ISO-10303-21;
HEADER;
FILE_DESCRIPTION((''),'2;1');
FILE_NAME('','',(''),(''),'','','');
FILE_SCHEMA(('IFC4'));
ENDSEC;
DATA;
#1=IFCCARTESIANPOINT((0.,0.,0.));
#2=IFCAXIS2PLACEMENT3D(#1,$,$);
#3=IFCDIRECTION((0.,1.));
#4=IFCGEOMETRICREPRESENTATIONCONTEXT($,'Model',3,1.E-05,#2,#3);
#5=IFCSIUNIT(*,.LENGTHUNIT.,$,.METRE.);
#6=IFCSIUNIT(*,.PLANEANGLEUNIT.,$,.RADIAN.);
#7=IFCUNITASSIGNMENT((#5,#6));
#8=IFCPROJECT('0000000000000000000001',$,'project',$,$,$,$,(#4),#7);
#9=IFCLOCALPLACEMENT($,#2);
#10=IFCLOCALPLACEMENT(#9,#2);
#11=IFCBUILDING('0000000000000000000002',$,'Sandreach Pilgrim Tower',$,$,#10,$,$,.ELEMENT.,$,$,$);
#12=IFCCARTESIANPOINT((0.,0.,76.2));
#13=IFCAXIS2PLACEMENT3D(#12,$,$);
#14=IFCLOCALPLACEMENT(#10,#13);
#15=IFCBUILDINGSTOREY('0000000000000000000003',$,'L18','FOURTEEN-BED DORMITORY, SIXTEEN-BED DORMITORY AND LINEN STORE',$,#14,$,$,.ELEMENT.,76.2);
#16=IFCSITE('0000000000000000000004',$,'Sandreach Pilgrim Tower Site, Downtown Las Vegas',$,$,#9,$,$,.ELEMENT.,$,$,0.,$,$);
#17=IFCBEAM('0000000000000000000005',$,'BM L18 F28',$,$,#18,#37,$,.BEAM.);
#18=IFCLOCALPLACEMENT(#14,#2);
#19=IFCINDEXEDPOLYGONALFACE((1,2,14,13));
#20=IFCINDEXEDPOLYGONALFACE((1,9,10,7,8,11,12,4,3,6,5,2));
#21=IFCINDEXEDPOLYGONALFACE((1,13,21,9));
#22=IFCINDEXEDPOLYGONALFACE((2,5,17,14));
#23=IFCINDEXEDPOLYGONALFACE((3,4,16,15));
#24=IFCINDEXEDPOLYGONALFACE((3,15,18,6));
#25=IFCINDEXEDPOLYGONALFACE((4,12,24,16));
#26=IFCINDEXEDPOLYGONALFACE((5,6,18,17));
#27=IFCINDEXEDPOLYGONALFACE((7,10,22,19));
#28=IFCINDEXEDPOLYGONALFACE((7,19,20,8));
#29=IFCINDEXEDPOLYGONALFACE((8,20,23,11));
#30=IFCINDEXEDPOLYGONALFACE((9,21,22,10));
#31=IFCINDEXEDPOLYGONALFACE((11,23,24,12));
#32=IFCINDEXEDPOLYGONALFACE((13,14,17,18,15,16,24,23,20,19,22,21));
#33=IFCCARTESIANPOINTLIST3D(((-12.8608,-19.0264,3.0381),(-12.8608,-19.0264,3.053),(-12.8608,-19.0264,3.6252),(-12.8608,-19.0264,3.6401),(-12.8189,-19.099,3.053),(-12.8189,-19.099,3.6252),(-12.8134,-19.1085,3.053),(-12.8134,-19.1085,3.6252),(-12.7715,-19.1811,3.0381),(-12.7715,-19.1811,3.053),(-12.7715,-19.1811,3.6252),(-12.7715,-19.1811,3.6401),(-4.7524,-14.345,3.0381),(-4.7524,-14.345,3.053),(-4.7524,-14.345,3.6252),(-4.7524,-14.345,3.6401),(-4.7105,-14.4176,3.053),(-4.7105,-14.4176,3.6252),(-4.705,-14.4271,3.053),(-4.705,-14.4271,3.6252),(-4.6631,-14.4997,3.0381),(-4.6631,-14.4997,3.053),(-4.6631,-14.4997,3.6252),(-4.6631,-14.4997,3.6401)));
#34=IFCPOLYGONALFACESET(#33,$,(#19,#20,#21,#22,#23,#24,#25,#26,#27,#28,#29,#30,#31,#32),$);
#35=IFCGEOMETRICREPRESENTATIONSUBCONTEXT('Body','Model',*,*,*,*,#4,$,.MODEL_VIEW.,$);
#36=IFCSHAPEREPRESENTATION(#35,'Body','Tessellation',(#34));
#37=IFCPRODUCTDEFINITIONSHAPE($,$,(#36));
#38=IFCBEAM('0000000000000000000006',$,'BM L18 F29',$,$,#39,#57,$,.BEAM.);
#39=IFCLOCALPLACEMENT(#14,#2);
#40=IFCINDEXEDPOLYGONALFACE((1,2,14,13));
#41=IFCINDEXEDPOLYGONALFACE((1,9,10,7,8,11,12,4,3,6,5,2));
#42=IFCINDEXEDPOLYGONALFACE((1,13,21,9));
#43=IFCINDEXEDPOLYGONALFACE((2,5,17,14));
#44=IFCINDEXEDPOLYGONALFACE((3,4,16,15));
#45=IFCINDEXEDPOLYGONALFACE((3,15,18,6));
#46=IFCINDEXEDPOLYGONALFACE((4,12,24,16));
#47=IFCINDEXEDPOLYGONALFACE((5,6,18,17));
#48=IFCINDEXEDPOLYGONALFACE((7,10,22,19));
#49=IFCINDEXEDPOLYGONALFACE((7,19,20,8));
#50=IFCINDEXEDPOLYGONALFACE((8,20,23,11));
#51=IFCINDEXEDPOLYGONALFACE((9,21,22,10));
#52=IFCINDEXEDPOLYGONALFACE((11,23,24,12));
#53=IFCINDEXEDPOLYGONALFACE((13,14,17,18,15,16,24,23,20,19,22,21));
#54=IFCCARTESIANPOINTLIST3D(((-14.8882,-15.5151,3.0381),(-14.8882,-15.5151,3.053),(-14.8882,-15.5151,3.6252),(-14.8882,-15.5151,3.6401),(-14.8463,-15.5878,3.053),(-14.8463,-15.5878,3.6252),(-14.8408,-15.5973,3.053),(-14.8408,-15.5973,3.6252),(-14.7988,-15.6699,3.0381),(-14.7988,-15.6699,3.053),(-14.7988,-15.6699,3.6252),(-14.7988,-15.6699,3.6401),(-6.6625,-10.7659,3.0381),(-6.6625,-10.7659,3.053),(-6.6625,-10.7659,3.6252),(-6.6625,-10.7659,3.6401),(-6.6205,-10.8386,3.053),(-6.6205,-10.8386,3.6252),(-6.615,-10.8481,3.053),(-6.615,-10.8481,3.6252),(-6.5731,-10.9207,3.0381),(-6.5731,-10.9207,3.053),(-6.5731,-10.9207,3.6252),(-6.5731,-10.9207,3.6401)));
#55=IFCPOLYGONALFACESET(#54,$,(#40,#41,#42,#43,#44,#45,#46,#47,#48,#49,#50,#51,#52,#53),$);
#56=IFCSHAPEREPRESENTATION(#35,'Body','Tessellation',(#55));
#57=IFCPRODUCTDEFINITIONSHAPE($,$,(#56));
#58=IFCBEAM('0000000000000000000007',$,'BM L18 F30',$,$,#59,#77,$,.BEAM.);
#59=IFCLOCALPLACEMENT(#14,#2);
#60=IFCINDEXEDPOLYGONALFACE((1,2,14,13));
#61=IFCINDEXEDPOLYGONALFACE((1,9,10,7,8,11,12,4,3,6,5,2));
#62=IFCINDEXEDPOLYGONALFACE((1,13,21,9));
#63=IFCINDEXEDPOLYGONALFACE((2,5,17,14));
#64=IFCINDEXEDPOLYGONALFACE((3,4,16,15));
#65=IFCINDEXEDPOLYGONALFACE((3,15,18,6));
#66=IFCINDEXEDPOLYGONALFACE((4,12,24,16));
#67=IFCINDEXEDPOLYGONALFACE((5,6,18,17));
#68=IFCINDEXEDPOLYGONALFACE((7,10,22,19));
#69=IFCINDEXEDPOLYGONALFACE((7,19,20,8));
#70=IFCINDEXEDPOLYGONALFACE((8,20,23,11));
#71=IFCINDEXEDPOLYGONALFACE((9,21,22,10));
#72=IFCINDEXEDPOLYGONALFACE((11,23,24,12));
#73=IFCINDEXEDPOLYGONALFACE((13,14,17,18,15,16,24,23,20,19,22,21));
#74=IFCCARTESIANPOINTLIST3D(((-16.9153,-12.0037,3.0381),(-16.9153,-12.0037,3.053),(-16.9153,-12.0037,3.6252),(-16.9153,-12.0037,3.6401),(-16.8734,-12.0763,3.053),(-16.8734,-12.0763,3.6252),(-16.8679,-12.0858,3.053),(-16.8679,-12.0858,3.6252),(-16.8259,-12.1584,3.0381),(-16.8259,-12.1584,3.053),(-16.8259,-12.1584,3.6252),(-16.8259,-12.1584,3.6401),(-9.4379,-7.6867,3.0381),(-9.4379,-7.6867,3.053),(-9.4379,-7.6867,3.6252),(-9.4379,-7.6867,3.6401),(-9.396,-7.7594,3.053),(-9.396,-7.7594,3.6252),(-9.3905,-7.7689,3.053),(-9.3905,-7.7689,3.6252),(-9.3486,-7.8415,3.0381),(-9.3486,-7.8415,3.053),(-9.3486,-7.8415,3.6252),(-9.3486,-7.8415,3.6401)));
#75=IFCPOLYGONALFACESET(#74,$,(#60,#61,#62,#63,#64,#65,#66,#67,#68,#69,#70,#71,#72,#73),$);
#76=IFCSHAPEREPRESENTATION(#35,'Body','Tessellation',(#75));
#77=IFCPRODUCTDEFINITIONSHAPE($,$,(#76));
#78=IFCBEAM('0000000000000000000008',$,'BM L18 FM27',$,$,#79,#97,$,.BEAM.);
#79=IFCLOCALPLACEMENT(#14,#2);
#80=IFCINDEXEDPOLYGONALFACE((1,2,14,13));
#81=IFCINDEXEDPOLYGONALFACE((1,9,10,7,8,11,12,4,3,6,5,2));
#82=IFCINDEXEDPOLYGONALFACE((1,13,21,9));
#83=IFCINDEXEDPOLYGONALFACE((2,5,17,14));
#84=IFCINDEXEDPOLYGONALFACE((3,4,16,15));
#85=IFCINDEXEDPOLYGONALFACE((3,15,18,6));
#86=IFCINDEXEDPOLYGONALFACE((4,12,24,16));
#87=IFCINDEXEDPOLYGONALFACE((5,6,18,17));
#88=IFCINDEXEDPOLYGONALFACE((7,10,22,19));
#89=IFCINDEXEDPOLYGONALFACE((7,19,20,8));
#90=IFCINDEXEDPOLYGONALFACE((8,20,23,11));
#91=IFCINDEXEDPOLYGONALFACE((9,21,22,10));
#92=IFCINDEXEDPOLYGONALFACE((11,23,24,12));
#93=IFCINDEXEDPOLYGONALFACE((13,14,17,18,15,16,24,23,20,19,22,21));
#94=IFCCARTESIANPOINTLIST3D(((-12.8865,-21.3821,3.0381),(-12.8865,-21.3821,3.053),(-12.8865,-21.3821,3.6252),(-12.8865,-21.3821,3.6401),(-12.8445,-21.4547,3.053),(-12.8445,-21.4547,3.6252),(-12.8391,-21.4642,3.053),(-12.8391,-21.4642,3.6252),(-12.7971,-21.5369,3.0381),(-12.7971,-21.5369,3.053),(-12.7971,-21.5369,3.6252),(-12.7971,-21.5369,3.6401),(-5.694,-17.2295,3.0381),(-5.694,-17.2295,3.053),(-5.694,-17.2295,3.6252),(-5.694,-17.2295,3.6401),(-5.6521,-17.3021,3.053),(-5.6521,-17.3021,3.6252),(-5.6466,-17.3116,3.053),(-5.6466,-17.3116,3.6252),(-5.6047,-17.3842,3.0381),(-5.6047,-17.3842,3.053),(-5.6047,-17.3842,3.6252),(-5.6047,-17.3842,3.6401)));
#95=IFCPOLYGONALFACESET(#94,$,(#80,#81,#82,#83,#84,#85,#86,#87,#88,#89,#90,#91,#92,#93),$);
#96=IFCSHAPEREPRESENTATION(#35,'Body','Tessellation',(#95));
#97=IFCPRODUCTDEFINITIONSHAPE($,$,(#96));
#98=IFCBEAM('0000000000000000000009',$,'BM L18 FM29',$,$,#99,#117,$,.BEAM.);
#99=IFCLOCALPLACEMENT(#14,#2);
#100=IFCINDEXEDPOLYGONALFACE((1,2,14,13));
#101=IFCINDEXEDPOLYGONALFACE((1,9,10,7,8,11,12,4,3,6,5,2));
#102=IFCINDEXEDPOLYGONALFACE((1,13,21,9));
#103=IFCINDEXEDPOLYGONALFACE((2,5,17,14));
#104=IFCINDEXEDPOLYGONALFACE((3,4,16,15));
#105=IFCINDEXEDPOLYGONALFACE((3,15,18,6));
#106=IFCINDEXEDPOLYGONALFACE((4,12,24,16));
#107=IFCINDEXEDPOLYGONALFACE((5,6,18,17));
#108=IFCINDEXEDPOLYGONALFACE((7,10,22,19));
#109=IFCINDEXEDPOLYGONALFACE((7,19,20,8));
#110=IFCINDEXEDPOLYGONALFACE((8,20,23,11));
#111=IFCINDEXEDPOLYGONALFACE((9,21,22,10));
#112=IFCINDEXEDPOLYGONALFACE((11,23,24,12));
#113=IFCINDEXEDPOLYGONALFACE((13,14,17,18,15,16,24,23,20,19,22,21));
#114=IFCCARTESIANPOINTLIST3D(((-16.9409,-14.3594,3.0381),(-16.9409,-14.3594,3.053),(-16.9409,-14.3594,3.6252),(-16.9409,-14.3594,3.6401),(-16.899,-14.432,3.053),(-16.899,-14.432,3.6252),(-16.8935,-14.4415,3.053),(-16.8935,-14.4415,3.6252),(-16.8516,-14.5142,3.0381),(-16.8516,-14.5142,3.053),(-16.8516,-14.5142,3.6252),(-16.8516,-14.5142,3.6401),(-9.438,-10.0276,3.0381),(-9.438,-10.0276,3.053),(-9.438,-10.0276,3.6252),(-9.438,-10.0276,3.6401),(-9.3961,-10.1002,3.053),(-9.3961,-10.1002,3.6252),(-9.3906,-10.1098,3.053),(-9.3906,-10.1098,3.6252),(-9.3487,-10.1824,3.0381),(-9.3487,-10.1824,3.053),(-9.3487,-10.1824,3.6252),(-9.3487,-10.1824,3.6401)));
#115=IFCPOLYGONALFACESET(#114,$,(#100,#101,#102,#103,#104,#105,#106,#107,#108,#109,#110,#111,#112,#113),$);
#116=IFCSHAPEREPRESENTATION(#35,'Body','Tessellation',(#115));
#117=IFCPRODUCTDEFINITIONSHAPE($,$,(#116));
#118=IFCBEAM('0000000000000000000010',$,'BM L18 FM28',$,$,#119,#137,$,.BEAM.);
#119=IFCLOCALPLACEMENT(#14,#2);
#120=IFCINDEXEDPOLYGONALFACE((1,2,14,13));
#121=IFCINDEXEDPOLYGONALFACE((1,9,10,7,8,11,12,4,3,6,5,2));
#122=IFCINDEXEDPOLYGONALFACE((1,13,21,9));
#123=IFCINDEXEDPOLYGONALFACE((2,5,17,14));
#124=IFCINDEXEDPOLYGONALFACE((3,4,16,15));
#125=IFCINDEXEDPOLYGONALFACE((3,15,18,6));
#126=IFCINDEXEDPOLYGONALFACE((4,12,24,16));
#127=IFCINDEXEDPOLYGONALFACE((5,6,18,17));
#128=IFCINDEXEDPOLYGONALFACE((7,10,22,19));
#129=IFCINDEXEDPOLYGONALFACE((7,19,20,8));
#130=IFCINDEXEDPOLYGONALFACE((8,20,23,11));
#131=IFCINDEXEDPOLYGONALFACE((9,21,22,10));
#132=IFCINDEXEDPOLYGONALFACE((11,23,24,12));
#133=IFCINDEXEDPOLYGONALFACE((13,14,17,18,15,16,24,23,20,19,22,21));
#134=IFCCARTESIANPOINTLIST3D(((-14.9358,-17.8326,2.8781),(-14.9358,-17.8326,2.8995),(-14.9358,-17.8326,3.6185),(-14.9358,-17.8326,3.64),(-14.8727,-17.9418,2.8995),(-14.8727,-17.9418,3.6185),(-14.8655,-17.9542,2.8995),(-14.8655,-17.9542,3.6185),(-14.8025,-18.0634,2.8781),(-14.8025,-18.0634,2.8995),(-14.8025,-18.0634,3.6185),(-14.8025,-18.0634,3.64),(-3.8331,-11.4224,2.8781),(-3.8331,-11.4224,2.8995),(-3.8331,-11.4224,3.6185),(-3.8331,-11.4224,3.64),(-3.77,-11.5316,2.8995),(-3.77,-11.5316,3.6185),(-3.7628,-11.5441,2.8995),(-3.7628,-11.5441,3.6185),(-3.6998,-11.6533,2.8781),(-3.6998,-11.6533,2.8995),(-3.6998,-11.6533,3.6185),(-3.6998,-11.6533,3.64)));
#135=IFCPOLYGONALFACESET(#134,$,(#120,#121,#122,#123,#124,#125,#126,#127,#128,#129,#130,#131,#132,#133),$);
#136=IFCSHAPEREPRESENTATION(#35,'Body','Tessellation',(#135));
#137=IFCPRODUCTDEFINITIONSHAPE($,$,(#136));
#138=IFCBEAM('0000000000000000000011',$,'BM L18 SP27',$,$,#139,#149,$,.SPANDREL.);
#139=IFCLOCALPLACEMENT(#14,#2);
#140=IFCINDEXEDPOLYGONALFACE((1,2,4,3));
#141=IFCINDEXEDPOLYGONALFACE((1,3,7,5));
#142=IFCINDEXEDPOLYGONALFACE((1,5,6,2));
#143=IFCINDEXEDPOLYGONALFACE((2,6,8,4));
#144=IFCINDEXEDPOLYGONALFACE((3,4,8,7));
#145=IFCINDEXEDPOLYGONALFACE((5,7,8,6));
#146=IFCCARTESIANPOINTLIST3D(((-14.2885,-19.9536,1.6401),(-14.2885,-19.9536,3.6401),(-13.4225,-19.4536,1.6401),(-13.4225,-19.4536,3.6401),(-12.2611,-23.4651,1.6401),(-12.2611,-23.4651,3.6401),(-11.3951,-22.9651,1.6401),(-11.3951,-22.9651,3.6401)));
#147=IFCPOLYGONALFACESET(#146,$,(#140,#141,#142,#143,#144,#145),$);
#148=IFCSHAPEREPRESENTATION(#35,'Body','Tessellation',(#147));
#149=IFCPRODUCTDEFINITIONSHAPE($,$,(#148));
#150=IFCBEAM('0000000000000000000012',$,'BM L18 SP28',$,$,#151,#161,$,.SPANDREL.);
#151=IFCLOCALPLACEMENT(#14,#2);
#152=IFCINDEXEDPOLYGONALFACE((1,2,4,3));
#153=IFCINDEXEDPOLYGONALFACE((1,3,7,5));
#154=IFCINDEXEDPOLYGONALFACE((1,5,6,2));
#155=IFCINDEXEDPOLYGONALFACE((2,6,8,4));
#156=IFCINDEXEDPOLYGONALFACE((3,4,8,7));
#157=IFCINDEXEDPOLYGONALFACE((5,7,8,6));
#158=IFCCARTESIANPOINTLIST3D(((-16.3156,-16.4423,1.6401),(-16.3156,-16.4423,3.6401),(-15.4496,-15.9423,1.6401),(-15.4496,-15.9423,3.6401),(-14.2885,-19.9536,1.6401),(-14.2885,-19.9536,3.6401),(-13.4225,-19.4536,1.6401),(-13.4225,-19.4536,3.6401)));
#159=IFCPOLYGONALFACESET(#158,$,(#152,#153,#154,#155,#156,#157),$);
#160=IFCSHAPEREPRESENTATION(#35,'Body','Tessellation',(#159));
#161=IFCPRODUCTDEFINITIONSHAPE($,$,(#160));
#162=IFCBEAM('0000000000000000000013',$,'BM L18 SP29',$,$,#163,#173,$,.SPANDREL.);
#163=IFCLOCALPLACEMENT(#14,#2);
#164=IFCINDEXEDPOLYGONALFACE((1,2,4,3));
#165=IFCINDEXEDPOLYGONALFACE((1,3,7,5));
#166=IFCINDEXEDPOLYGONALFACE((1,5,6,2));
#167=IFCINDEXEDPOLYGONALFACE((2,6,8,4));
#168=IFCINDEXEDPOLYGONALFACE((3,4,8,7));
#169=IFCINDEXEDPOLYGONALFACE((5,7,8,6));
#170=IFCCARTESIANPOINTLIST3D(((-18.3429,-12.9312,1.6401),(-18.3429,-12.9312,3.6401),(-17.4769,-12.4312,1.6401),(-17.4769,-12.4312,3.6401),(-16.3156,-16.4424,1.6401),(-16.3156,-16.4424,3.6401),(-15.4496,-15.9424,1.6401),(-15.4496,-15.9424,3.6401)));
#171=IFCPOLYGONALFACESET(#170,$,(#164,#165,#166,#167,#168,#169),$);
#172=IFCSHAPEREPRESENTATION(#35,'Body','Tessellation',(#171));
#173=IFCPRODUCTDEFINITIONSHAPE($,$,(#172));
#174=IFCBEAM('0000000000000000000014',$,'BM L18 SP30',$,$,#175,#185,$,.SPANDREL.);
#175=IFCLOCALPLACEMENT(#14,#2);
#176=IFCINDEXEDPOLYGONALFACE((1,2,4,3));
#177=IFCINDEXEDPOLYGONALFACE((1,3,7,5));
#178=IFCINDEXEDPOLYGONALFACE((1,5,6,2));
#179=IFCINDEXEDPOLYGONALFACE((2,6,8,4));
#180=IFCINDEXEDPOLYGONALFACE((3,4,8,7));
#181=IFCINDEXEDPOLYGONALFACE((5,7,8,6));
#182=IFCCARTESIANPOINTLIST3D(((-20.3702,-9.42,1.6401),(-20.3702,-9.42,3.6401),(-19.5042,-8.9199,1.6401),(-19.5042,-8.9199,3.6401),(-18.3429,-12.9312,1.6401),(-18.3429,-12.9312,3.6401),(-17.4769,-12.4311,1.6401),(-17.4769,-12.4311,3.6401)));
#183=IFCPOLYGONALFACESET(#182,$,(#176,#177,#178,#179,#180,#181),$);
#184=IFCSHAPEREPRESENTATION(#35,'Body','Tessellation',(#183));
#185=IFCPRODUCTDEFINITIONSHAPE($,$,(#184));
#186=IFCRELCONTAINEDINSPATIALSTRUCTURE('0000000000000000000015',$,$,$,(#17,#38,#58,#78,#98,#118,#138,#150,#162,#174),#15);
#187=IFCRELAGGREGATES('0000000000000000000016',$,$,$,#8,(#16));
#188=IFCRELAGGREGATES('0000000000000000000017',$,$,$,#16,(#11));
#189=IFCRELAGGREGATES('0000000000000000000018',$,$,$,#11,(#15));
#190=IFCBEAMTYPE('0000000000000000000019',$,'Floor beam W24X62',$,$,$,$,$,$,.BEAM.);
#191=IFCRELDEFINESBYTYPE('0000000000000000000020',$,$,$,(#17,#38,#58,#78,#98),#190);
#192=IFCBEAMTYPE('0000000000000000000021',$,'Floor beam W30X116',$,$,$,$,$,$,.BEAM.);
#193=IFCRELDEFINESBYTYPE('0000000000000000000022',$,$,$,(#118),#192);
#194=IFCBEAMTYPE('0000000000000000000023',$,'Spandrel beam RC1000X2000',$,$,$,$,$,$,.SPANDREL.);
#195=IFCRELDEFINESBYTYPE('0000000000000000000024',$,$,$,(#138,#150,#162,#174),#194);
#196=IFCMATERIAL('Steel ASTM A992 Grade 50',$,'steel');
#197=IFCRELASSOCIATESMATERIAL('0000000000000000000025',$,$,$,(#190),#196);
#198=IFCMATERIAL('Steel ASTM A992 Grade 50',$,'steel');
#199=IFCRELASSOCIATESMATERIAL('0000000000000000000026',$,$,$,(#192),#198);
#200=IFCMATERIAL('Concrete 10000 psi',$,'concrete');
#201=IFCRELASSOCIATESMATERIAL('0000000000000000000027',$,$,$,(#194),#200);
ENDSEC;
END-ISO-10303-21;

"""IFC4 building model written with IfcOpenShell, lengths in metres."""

from ifc_helpers import new_model, si_unit, direction, frame, origin, origin_2d, place, context, subcontext, project, spatial, rectangle, i_section, extrude, material, material_profile, profile_set, type_object, element, save


model = new_model("IFC4")

# Units and contexts
model_context = context("Model", 3, precision=1e-05, world=origin(), true_north=direction((0.0, 1.0)))
body_context = subcontext(model_context, "Body", "Model", "MODEL_VIEW")
ifc_project = project(units=[si_unit("LENGTHUNIT", "METRE"), si_unit("PLANEANGLEUNIT", "RADIAN")], contexts=[model_context])

# Site, building, storey
site_placement = place(None, origin())
site = spatial("IfcSite", under=ifc_project, at=site_placement, Name="Sandreach Pilgrim Tower Site, Downtown Las Vegas", CompositionType="ELEMENT", RefElevation=0.0)
building_placement = place(site_placement, origin())
building = spatial("IfcBuilding", under=site, at=building_placement, Name="Sandreach Pilgrim Tower", CompositionType="ELEMENT")
storey_placement = place(building_placement, frame((0.0, 0.0, 76.2)))
storey = spatial("IfcBuildingStorey", under=building, at=storey_placement, Name="L18", Description="FOURTEEN-BED DORMITORY, SIXTEEN-BED DORMITORY AND LINEN STORE", CompositionType="ELEMENT", Elevation=76.2)

# Beams
ifc_material_1 = material(Name="Steel ASTM A992 Grade 50", Category="steel")
ifc_material_profile_1 = material_profile(ifc_material_1, i_section(OverallWidth=0.1787, OverallDepth=0.6021, WebThickness=0.011, FlangeThickness=0.0149, at=origin_2d()), Name="W24X62")
ifc_profile_set_1 = profile_set([ifc_material_profile_1], Name="Steel ASTM A992 Grade 50")
beam_type_1 = type_object("IfcBeamType", Name="Floor beam W24X62", PredefinedType="BEAM", material=ifc_profile_set_1)
beam_1_placement = place(storey_placement, frame((-12.8162, -19.1038, 3.3391), z_axis=(0.866025, 0.500001, 0.0), x_axis=(-0.500001, 0.866025, 0.0)))
element("IfcBeam", 1, at=beam_1_placement, inside=storey, type_object=beam_type_1, Name="BM L18 F28", PredefinedType="BEAM", context=body_context, shape_type="SweptSolid", body=[
    extrude(i_section(OverallWidth=0.1787, OverallDepth=0.6021, WebThickness=0.011, FlangeThickness=0.0149, at=origin_2d()), origin(), (0.0, 0.0, 1.0), 9.3628),
])
beam_2_placement = place(storey_placement, frame((-14.8435, -15.5925, 3.3391), z_axis=(0.866022, 0.500007, 0.0), x_axis=(-0.500007, 0.866022, 0.0)))
element("IfcBeam", 2, at=beam_2_placement, inside=storey, type_object=beam_type_1, Name="BM L18 F29", PredefinedType="BEAM", context=body_context, shape_type="SweptSolid", body=[
    extrude(i_section(OverallWidth=0.1787, OverallDepth=0.6021, WebThickness=0.011, FlangeThickness=0.0149, at=origin_2d()), origin(), (0.0, 0.0, 1.0), 9.4983),
])
beam_3_placement = place(storey_placement, frame((-16.8706, -12.0811, 3.3391), z_axis=(0.866032, 0.499989, 0.0), x_axis=(-0.499989, 0.866032, 0.0)))
element("IfcBeam", 3, at=beam_3_placement, inside=storey, type_object=beam_type_1, Name="BM L18 F30", PredefinedType="BEAM", context=body_context, shape_type="SweptSolid", body=[
    extrude(i_section(OverallWidth=0.1787, OverallDepth=0.6021, WebThickness=0.011, FlangeThickness=0.0149, at=origin_2d()), origin(), (0.0, 0.0, 1.0), 8.634),
])
beam_4_placement = place(storey_placement, frame((-12.8418, -21.4595, 3.3391), z_axis=(0.866022, 0.500006, 0.0), x_axis=(-0.500006, 0.866022, 0.0)))
element("IfcBeam", 4, at=beam_4_placement, inside=storey, type_object=beam_type_1, Name="BM L18 FM27", PredefinedType="BEAM", context=body_context, shape_type="SweptSolid", body=[
    extrude(i_section(OverallWidth=0.1787, OverallDepth=0.6021, WebThickness=0.011, FlangeThickness=0.0149, at=origin_2d()), origin(), (0.0, 0.0, 1.0), 8.3052),
])
beam_5_placement = place(storey_placement, frame((-16.8962, -14.4368, 3.3391), z_axis=(0.866027, 0.499997, 0.0), x_axis=(-0.499997, 0.866027, 0.0)))
element("IfcBeam", 5, at=beam_5_placement, inside=storey, type_object=beam_type_1, Name="BM L18 FM29", PredefinedType="BEAM", context=body_context, shape_type="SweptSolid", body=[
    extrude(i_section(OverallWidth=0.1787, OverallDepth=0.6021, WebThickness=0.011, FlangeThickness=0.0149, at=origin_2d()), origin(), (0.0, 0.0, 1.0), 8.6636),
])
ifc_material_2 = material(Name="Steel ASTM A992 Grade 50", Category="steel")
ifc_material_profile_2 = material_profile(ifc_material_2, i_section(OverallWidth=0.2666, OverallDepth=0.762, WebThickness=0.0144, FlangeThickness=0.0215, at=origin_2d()), Name="W30X116")
ifc_profile_set_2 = profile_set([ifc_material_profile_2], Name="Steel ASTM A992 Grade 50")
beam_type_2 = type_object("IfcBeamType", Name="Floor beam W30X116", PredefinedType="BEAM", material=ifc_profile_set_2)
beam_6_placement = place(storey_placement, frame((-14.8691, -17.948, 3.259), z_axis=(0.866027, 0.499998, 0.0), x_axis=(-0.499998, 0.866027, 0.0)))
element("IfcBeam", 6, at=beam_6_placement, inside=storey, type_object=beam_type_2, Name="BM L18 FM28", PredefinedType="BEAM", context=body_context, shape_type="SweptSolid", body=[
    extrude(i_section(OverallWidth=0.2666, OverallDepth=0.762, WebThickness=0.0144, FlangeThickness=0.0215, at=origin_2d()), origin(), (0.0, 0.0, 1.0), 12.8203),
])
ifc_material_3 = material(Name="Concrete 10000 psi", Category="concrete")
ifc_material_profile_3 = material_profile(ifc_material_3, rectangle(XDim=1.0, YDim=2.0, at=origin_2d()), Name="RC1000X2000")
ifc_profile_set_3 = profile_set([ifc_material_profile_3], Name="Concrete 10000 psi")
beam_type_3 = type_object("IfcBeamType", Name="Spandrel beam RC1000X2000", PredefinedType="SPANDREL", material=ifc_profile_set_3)
beam_7_placement = place(storey_placement, frame((-11.8281, -23.2151, 2.6401), z_axis=(-0.499999, 0.866026, 0.0), x_axis=(-0.866026, -0.499999, 0.0)))
element("IfcBeam", 7, at=beam_7_placement, inside=storey, type_object=beam_type_3, Name="BM L18 SP27", PredefinedType="SPANDREL", context=body_context, shape_type="SweptSolid", body=[
    extrude(rectangle(XDim=1.0, YDim=2.0, at=origin_2d()), origin(), (0.0, 0.0, 1.0), 4.0547),
])
for number, where, z_axis, x_axis, name in (
    (8, (-13.8555, -19.7036, 2.6401), (-0.49998, 0.866037, 0.0), (-0.866037, -0.49998, 0.0), "BM L18 SP28"),
    (9, (-15.8826, -16.1924, 2.6401), (-0.500025, 0.866011, 0.0), (-0.866011, -0.500025, 0.0), "BM L18 SP29"),
    (10, (-17.9099, -12.6812, 2.6401), (-0.500025, 0.866011, 0.0), (-0.866011, -0.500025, 0.0), "BM L18 SP30"),
):
    element("IfcBeam", number, at=place(storey_placement, frame(where, z_axis=z_axis, x_axis=x_axis)), inside=storey, type_object=beam_type_3, Name=name, PredefinedType="SPANDREL", context=body_context, shape_type="SweptSolid", body=[
        extrude(rectangle(XDim=1.0, YDim=2.0, at=origin_2d()), origin(), (0.0, 0.0, 1.0), 4.0544),
    ])

save(model, "model.ifc")
